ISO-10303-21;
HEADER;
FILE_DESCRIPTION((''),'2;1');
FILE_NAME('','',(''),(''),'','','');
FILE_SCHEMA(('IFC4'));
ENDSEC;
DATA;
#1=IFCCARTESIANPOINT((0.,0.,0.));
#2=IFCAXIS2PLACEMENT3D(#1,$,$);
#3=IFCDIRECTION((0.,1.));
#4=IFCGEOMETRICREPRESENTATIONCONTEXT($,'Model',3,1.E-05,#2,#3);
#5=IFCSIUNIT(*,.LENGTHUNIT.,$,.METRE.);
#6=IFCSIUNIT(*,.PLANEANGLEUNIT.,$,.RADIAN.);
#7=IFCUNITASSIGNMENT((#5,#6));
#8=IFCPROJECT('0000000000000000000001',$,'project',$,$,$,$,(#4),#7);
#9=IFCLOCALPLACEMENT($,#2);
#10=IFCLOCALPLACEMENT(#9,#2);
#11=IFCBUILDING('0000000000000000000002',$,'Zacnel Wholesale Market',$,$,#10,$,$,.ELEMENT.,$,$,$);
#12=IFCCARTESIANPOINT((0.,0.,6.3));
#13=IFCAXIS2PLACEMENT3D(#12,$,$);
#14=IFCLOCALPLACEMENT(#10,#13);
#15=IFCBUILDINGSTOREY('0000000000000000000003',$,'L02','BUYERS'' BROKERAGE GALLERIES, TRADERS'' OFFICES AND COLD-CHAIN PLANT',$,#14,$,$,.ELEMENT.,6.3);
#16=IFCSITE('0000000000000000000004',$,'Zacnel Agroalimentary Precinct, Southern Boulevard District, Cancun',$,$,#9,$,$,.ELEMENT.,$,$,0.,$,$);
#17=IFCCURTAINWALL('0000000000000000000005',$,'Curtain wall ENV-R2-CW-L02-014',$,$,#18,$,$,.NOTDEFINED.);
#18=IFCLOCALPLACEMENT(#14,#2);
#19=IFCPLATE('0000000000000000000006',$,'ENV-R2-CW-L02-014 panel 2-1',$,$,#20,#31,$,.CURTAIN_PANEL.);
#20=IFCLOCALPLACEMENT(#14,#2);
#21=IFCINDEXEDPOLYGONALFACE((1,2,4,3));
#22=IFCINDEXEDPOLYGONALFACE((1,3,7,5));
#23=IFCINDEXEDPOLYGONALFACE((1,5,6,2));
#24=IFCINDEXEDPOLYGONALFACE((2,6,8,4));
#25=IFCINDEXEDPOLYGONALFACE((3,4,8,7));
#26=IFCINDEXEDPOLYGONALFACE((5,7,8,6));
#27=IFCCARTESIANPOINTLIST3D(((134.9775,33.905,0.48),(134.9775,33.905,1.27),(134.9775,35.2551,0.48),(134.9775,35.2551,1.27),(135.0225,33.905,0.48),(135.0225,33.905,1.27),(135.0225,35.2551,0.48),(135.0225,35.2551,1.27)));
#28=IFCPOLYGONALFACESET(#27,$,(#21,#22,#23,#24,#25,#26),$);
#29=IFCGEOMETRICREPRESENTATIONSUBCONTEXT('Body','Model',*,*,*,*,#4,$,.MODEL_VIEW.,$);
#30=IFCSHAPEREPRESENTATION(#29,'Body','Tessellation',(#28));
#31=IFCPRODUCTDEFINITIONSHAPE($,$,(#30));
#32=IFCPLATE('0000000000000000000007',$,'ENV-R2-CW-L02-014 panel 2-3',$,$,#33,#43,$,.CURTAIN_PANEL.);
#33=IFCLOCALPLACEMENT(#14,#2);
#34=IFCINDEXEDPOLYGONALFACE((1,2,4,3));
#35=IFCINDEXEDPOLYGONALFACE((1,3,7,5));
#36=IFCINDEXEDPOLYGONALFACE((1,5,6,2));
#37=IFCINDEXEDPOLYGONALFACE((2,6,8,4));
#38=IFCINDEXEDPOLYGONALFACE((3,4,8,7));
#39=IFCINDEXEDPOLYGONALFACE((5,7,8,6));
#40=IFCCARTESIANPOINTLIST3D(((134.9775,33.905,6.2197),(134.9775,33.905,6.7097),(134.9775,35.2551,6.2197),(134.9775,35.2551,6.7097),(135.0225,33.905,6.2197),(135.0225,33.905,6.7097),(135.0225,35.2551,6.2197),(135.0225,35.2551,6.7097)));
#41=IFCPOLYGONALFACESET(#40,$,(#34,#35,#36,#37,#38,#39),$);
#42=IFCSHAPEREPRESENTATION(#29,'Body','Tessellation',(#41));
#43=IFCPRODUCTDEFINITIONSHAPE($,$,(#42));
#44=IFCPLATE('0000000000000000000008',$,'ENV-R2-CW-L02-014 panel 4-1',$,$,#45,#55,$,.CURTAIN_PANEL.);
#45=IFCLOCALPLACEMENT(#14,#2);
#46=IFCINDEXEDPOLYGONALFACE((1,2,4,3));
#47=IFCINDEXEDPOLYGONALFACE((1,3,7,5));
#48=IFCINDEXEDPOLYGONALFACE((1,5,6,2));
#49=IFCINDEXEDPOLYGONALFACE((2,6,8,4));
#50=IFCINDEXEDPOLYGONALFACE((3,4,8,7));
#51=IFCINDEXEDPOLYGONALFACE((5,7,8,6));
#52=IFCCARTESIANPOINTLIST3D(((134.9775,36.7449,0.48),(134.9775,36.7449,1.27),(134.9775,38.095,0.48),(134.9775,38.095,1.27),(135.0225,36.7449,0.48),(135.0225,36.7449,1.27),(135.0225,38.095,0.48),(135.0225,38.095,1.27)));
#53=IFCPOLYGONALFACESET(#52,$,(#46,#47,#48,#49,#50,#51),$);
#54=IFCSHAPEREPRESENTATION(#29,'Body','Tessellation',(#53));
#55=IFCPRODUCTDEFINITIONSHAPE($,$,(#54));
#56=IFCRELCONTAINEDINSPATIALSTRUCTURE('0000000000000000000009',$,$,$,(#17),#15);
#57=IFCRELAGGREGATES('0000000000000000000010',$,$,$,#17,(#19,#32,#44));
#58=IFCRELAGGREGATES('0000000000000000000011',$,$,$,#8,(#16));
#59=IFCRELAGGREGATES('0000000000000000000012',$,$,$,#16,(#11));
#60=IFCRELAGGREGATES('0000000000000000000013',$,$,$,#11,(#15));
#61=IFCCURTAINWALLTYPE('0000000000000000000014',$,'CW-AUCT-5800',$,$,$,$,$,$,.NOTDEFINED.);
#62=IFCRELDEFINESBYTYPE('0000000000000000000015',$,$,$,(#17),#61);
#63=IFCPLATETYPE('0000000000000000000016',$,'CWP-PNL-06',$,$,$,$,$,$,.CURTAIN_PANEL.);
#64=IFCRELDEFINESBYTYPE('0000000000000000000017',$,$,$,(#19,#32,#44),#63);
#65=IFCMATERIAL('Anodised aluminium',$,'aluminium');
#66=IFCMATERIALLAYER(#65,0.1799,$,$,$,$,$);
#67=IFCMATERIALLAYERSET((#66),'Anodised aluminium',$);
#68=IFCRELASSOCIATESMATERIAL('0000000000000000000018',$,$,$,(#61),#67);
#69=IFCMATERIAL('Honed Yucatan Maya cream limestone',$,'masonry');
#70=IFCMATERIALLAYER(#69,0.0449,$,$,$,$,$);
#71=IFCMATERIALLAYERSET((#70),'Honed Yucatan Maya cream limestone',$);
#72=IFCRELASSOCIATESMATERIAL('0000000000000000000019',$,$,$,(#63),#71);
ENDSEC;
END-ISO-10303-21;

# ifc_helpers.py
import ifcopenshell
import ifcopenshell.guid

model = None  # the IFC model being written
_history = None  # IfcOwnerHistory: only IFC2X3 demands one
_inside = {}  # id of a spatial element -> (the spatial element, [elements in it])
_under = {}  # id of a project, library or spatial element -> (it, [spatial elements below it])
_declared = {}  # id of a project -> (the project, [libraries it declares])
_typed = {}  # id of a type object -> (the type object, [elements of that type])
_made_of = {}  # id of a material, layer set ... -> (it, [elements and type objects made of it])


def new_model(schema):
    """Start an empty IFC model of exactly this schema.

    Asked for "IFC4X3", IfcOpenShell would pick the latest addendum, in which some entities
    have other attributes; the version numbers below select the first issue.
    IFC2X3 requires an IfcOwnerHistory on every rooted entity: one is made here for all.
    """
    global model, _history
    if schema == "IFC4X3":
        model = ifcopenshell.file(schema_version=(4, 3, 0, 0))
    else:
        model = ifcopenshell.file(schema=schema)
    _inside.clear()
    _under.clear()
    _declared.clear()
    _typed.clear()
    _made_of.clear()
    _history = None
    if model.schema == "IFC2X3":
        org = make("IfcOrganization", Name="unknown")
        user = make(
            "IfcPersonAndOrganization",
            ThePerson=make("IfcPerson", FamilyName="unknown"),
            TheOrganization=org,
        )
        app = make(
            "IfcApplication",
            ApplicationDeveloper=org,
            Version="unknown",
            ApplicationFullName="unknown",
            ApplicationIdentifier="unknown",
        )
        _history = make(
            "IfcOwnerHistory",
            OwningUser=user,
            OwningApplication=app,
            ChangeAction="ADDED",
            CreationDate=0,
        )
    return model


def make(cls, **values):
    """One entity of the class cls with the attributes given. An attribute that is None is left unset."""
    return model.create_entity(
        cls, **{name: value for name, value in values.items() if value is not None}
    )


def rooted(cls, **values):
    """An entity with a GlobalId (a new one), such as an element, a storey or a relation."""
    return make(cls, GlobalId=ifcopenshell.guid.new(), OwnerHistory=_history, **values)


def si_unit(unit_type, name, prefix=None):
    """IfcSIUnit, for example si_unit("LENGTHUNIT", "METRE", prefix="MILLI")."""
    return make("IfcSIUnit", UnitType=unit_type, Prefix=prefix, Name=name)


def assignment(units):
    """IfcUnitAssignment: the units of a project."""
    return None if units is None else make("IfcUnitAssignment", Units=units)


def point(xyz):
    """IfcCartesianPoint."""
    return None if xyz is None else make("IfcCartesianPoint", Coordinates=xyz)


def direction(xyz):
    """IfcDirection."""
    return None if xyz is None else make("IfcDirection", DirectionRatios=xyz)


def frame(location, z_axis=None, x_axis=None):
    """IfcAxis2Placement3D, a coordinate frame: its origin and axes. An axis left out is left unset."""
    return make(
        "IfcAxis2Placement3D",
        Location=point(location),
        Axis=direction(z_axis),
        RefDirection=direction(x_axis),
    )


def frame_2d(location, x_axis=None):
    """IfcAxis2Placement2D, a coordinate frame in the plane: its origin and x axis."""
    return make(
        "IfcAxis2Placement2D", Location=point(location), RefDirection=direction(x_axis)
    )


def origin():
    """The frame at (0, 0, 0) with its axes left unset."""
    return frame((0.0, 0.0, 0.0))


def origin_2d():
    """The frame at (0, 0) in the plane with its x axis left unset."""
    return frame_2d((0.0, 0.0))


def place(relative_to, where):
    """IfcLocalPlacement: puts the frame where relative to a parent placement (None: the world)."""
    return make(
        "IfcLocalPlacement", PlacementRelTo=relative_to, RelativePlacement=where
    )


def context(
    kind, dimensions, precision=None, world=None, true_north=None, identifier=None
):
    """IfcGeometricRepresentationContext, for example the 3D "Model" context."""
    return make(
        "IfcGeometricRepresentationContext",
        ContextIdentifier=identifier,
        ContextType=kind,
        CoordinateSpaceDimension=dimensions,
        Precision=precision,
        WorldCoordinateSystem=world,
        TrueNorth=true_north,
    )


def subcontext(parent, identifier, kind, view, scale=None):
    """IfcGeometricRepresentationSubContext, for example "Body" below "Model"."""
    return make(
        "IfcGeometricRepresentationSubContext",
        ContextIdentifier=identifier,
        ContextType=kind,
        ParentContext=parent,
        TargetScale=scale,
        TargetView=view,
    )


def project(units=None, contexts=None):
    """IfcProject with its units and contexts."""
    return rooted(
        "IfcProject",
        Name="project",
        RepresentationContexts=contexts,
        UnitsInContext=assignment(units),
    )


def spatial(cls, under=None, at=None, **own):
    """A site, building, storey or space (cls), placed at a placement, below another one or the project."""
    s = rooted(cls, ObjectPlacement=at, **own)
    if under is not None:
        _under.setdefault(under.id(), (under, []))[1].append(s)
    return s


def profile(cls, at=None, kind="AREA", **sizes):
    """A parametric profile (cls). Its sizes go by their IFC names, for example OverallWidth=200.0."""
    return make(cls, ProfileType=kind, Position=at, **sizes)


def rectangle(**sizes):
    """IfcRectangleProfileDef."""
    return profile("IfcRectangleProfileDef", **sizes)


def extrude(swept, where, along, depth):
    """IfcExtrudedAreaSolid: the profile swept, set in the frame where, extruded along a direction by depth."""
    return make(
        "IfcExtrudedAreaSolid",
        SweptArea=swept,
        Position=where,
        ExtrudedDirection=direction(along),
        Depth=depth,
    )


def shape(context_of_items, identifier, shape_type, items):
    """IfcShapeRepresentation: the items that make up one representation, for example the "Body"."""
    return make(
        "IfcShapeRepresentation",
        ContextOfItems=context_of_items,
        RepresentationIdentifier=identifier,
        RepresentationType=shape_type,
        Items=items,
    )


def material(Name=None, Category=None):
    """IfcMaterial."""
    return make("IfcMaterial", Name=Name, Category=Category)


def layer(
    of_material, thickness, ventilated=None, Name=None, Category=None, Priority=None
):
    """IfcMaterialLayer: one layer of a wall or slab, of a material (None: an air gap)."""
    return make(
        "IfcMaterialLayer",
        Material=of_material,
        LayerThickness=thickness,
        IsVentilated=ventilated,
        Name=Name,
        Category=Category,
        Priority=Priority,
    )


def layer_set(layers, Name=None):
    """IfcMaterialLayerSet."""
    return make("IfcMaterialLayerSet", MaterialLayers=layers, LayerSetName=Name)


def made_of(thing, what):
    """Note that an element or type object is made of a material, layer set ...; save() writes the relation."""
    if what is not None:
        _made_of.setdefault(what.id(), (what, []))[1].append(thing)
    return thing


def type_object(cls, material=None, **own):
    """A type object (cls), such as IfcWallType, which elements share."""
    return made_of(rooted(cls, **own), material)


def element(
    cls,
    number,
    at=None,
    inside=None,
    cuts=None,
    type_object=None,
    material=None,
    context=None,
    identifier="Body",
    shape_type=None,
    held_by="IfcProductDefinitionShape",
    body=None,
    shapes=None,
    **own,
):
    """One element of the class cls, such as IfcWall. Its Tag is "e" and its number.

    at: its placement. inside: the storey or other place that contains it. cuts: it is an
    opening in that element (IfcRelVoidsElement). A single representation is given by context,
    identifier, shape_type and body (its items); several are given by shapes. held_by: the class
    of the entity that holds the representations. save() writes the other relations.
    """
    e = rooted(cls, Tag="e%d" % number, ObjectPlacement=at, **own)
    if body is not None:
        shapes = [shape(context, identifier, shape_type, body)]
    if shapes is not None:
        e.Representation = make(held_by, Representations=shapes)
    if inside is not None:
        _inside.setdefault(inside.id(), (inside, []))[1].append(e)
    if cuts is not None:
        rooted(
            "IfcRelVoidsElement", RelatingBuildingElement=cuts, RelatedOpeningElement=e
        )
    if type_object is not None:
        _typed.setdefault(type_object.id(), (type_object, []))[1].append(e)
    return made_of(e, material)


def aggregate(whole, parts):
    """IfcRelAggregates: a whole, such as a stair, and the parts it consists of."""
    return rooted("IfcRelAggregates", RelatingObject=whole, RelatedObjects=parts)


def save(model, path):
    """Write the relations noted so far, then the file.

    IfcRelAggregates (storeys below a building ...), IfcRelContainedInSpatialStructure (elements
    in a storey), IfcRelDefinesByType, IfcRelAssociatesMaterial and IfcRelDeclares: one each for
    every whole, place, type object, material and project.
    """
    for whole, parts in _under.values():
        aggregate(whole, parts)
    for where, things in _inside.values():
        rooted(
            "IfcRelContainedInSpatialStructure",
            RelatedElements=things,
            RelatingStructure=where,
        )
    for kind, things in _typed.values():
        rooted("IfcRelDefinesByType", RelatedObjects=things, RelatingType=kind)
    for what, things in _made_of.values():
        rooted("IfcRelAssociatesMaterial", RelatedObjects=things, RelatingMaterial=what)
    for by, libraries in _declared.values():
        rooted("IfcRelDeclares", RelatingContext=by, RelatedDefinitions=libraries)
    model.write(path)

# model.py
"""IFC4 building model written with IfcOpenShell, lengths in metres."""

from ifc_helpers import new_model, si_unit, direction, frame, origin, origin_2d, place, context, subcontext, project, spatial, rectangle, extrude, material, layer, layer_set, type_object, element, aggregate, save


model = new_model("IFC4")

# Units and contexts
model_context = context("Model", 3, precision=1e-05, world=origin(), true_north=direction((0.0, 1.0)))
body_context = subcontext(model_context, "Body", "Model", "MODEL_VIEW")
ifc_project = project(units=[si_unit("LENGTHUNIT", "METRE"), si_unit("PLANEANGLEUNIT", "RADIAN")], contexts=[model_context])

# Site, building, storey
site_placement = place(None, origin())
site = spatial("IfcSite", under=ifc_project, at=site_placement, Name="Zacnel Agroalimentary Precinct, Southern Boulevard District, Cancun", CompositionType="ELEMENT", RefElevation=0.0)
building_placement = place(site_placement, origin())
building = spatial("IfcBuilding", under=site, at=building_placement, Name="Zacnel Wholesale Market", CompositionType="ELEMENT")
storey_placement = place(building_placement, frame((0.0, 0.0, 6.3)))
storey = spatial("IfcBuildingStorey", under=building, at=storey_placement, Name="L02", Description="BUYERS' BROKERAGE GALLERIES, TRADERS' OFFICES AND COLD-CHAIN PLANT", CompositionType="ELEMENT", Elevation=6.3)

# Curtain wall, plates
ifc_material_1 = material(Name="Anodised aluminium", Category="aluminium")
ifc_layer_1 = layer(ifc_material_1, 0.1799)
ifc_layer_set_1 = layer_set([ifc_layer_1], Name="Anodised aluminium")
curtain_wall_type = type_object("IfcCurtainWallType", Name="CW-AUCT-5800", PredefinedType="NOTDEFINED", material=ifc_layer_set_1)
curtain_wall_placement = place(storey_placement, origin())
curtain_wall = element("IfcCurtainWall", 1, at=curtain_wall_placement, inside=storey, type_object=curtain_wall_type, Name="Curtain wall ENV-R2-CW-L02-014", PredefinedType="NOTDEFINED")
ifc_material_2 = material(Name="Honed Yucatan Maya cream limestone", Category="masonry")
ifc_layer_2 = layer(ifc_material_2, 0.0449)
ifc_layer_set_2 = layer_set([ifc_layer_2], Name="Honed Yucatan Maya cream limestone")
plate_type_1 = type_object("IfcPlateType", Name="CWP-PNL-06", PredefinedType="CURTAIN_PANEL", material=ifc_layer_set_2)
plate_1_placement = place(storey_placement, frame((135.0, 34.5801, 0.48), z_axis=(0.0, 0.0, 1.0), x_axis=(0.0, 1.0, 0.0)))
plate_1 = element("IfcPlate", 2, at=plate_1_placement, type_object=plate_type_1, Name="ENV-R2-CW-L02-014 panel 2-1", PredefinedType="CURTAIN_PANEL", context=body_context, shape_type="SweptSolid", body=[
    extrude(rectangle(XDim=1.3501, YDim=0.0449, at=origin_2d()), origin(), (0.0, 0.0, 1.0), 0.79),
])
plate_2_placement = place(storey_placement, frame((135.0, 34.5801, 6.2197), z_axis=(0.0, 0.0, 1.0), x_axis=(0.0, 1.0, 0.0)))
plate_2 = element("IfcPlate", 3, at=plate_2_placement, type_object=plate_type_1, Name="ENV-R2-CW-L02-014 panel 2-3", PredefinedType="CURTAIN_PANEL", context=body_context, shape_type="SweptSolid", body=[
    extrude(rectangle(XDim=1.3501, YDim=0.0449, at=origin_2d()), origin(), (0.0, 0.0, 1.0), 0.49),
])
plate_3_placement = place(storey_placement, frame((135.0, 37.4199, 0.48), z_axis=(0.0, 0.0, 1.0), x_axis=(0.0, 1.0, 0.0)))
plate_3 = element("IfcPlate", 4, at=plate_3_placement, type_object=plate_type_1, Name="ENV-R2-CW-L02-014 panel 4-1", PredefinedType="CURTAIN_PANEL", context=body_context, shape_type="SweptSolid", body=[
    extrude(rectangle(XDim=1.3501, YDim=0.0449, at=origin_2d()), origin(), (0.0, 0.0, 1.0), 0.79),
])
aggregate(curtain_wall, [plate_1, plate_2, plate_3])

save(model, "model.ifc")
